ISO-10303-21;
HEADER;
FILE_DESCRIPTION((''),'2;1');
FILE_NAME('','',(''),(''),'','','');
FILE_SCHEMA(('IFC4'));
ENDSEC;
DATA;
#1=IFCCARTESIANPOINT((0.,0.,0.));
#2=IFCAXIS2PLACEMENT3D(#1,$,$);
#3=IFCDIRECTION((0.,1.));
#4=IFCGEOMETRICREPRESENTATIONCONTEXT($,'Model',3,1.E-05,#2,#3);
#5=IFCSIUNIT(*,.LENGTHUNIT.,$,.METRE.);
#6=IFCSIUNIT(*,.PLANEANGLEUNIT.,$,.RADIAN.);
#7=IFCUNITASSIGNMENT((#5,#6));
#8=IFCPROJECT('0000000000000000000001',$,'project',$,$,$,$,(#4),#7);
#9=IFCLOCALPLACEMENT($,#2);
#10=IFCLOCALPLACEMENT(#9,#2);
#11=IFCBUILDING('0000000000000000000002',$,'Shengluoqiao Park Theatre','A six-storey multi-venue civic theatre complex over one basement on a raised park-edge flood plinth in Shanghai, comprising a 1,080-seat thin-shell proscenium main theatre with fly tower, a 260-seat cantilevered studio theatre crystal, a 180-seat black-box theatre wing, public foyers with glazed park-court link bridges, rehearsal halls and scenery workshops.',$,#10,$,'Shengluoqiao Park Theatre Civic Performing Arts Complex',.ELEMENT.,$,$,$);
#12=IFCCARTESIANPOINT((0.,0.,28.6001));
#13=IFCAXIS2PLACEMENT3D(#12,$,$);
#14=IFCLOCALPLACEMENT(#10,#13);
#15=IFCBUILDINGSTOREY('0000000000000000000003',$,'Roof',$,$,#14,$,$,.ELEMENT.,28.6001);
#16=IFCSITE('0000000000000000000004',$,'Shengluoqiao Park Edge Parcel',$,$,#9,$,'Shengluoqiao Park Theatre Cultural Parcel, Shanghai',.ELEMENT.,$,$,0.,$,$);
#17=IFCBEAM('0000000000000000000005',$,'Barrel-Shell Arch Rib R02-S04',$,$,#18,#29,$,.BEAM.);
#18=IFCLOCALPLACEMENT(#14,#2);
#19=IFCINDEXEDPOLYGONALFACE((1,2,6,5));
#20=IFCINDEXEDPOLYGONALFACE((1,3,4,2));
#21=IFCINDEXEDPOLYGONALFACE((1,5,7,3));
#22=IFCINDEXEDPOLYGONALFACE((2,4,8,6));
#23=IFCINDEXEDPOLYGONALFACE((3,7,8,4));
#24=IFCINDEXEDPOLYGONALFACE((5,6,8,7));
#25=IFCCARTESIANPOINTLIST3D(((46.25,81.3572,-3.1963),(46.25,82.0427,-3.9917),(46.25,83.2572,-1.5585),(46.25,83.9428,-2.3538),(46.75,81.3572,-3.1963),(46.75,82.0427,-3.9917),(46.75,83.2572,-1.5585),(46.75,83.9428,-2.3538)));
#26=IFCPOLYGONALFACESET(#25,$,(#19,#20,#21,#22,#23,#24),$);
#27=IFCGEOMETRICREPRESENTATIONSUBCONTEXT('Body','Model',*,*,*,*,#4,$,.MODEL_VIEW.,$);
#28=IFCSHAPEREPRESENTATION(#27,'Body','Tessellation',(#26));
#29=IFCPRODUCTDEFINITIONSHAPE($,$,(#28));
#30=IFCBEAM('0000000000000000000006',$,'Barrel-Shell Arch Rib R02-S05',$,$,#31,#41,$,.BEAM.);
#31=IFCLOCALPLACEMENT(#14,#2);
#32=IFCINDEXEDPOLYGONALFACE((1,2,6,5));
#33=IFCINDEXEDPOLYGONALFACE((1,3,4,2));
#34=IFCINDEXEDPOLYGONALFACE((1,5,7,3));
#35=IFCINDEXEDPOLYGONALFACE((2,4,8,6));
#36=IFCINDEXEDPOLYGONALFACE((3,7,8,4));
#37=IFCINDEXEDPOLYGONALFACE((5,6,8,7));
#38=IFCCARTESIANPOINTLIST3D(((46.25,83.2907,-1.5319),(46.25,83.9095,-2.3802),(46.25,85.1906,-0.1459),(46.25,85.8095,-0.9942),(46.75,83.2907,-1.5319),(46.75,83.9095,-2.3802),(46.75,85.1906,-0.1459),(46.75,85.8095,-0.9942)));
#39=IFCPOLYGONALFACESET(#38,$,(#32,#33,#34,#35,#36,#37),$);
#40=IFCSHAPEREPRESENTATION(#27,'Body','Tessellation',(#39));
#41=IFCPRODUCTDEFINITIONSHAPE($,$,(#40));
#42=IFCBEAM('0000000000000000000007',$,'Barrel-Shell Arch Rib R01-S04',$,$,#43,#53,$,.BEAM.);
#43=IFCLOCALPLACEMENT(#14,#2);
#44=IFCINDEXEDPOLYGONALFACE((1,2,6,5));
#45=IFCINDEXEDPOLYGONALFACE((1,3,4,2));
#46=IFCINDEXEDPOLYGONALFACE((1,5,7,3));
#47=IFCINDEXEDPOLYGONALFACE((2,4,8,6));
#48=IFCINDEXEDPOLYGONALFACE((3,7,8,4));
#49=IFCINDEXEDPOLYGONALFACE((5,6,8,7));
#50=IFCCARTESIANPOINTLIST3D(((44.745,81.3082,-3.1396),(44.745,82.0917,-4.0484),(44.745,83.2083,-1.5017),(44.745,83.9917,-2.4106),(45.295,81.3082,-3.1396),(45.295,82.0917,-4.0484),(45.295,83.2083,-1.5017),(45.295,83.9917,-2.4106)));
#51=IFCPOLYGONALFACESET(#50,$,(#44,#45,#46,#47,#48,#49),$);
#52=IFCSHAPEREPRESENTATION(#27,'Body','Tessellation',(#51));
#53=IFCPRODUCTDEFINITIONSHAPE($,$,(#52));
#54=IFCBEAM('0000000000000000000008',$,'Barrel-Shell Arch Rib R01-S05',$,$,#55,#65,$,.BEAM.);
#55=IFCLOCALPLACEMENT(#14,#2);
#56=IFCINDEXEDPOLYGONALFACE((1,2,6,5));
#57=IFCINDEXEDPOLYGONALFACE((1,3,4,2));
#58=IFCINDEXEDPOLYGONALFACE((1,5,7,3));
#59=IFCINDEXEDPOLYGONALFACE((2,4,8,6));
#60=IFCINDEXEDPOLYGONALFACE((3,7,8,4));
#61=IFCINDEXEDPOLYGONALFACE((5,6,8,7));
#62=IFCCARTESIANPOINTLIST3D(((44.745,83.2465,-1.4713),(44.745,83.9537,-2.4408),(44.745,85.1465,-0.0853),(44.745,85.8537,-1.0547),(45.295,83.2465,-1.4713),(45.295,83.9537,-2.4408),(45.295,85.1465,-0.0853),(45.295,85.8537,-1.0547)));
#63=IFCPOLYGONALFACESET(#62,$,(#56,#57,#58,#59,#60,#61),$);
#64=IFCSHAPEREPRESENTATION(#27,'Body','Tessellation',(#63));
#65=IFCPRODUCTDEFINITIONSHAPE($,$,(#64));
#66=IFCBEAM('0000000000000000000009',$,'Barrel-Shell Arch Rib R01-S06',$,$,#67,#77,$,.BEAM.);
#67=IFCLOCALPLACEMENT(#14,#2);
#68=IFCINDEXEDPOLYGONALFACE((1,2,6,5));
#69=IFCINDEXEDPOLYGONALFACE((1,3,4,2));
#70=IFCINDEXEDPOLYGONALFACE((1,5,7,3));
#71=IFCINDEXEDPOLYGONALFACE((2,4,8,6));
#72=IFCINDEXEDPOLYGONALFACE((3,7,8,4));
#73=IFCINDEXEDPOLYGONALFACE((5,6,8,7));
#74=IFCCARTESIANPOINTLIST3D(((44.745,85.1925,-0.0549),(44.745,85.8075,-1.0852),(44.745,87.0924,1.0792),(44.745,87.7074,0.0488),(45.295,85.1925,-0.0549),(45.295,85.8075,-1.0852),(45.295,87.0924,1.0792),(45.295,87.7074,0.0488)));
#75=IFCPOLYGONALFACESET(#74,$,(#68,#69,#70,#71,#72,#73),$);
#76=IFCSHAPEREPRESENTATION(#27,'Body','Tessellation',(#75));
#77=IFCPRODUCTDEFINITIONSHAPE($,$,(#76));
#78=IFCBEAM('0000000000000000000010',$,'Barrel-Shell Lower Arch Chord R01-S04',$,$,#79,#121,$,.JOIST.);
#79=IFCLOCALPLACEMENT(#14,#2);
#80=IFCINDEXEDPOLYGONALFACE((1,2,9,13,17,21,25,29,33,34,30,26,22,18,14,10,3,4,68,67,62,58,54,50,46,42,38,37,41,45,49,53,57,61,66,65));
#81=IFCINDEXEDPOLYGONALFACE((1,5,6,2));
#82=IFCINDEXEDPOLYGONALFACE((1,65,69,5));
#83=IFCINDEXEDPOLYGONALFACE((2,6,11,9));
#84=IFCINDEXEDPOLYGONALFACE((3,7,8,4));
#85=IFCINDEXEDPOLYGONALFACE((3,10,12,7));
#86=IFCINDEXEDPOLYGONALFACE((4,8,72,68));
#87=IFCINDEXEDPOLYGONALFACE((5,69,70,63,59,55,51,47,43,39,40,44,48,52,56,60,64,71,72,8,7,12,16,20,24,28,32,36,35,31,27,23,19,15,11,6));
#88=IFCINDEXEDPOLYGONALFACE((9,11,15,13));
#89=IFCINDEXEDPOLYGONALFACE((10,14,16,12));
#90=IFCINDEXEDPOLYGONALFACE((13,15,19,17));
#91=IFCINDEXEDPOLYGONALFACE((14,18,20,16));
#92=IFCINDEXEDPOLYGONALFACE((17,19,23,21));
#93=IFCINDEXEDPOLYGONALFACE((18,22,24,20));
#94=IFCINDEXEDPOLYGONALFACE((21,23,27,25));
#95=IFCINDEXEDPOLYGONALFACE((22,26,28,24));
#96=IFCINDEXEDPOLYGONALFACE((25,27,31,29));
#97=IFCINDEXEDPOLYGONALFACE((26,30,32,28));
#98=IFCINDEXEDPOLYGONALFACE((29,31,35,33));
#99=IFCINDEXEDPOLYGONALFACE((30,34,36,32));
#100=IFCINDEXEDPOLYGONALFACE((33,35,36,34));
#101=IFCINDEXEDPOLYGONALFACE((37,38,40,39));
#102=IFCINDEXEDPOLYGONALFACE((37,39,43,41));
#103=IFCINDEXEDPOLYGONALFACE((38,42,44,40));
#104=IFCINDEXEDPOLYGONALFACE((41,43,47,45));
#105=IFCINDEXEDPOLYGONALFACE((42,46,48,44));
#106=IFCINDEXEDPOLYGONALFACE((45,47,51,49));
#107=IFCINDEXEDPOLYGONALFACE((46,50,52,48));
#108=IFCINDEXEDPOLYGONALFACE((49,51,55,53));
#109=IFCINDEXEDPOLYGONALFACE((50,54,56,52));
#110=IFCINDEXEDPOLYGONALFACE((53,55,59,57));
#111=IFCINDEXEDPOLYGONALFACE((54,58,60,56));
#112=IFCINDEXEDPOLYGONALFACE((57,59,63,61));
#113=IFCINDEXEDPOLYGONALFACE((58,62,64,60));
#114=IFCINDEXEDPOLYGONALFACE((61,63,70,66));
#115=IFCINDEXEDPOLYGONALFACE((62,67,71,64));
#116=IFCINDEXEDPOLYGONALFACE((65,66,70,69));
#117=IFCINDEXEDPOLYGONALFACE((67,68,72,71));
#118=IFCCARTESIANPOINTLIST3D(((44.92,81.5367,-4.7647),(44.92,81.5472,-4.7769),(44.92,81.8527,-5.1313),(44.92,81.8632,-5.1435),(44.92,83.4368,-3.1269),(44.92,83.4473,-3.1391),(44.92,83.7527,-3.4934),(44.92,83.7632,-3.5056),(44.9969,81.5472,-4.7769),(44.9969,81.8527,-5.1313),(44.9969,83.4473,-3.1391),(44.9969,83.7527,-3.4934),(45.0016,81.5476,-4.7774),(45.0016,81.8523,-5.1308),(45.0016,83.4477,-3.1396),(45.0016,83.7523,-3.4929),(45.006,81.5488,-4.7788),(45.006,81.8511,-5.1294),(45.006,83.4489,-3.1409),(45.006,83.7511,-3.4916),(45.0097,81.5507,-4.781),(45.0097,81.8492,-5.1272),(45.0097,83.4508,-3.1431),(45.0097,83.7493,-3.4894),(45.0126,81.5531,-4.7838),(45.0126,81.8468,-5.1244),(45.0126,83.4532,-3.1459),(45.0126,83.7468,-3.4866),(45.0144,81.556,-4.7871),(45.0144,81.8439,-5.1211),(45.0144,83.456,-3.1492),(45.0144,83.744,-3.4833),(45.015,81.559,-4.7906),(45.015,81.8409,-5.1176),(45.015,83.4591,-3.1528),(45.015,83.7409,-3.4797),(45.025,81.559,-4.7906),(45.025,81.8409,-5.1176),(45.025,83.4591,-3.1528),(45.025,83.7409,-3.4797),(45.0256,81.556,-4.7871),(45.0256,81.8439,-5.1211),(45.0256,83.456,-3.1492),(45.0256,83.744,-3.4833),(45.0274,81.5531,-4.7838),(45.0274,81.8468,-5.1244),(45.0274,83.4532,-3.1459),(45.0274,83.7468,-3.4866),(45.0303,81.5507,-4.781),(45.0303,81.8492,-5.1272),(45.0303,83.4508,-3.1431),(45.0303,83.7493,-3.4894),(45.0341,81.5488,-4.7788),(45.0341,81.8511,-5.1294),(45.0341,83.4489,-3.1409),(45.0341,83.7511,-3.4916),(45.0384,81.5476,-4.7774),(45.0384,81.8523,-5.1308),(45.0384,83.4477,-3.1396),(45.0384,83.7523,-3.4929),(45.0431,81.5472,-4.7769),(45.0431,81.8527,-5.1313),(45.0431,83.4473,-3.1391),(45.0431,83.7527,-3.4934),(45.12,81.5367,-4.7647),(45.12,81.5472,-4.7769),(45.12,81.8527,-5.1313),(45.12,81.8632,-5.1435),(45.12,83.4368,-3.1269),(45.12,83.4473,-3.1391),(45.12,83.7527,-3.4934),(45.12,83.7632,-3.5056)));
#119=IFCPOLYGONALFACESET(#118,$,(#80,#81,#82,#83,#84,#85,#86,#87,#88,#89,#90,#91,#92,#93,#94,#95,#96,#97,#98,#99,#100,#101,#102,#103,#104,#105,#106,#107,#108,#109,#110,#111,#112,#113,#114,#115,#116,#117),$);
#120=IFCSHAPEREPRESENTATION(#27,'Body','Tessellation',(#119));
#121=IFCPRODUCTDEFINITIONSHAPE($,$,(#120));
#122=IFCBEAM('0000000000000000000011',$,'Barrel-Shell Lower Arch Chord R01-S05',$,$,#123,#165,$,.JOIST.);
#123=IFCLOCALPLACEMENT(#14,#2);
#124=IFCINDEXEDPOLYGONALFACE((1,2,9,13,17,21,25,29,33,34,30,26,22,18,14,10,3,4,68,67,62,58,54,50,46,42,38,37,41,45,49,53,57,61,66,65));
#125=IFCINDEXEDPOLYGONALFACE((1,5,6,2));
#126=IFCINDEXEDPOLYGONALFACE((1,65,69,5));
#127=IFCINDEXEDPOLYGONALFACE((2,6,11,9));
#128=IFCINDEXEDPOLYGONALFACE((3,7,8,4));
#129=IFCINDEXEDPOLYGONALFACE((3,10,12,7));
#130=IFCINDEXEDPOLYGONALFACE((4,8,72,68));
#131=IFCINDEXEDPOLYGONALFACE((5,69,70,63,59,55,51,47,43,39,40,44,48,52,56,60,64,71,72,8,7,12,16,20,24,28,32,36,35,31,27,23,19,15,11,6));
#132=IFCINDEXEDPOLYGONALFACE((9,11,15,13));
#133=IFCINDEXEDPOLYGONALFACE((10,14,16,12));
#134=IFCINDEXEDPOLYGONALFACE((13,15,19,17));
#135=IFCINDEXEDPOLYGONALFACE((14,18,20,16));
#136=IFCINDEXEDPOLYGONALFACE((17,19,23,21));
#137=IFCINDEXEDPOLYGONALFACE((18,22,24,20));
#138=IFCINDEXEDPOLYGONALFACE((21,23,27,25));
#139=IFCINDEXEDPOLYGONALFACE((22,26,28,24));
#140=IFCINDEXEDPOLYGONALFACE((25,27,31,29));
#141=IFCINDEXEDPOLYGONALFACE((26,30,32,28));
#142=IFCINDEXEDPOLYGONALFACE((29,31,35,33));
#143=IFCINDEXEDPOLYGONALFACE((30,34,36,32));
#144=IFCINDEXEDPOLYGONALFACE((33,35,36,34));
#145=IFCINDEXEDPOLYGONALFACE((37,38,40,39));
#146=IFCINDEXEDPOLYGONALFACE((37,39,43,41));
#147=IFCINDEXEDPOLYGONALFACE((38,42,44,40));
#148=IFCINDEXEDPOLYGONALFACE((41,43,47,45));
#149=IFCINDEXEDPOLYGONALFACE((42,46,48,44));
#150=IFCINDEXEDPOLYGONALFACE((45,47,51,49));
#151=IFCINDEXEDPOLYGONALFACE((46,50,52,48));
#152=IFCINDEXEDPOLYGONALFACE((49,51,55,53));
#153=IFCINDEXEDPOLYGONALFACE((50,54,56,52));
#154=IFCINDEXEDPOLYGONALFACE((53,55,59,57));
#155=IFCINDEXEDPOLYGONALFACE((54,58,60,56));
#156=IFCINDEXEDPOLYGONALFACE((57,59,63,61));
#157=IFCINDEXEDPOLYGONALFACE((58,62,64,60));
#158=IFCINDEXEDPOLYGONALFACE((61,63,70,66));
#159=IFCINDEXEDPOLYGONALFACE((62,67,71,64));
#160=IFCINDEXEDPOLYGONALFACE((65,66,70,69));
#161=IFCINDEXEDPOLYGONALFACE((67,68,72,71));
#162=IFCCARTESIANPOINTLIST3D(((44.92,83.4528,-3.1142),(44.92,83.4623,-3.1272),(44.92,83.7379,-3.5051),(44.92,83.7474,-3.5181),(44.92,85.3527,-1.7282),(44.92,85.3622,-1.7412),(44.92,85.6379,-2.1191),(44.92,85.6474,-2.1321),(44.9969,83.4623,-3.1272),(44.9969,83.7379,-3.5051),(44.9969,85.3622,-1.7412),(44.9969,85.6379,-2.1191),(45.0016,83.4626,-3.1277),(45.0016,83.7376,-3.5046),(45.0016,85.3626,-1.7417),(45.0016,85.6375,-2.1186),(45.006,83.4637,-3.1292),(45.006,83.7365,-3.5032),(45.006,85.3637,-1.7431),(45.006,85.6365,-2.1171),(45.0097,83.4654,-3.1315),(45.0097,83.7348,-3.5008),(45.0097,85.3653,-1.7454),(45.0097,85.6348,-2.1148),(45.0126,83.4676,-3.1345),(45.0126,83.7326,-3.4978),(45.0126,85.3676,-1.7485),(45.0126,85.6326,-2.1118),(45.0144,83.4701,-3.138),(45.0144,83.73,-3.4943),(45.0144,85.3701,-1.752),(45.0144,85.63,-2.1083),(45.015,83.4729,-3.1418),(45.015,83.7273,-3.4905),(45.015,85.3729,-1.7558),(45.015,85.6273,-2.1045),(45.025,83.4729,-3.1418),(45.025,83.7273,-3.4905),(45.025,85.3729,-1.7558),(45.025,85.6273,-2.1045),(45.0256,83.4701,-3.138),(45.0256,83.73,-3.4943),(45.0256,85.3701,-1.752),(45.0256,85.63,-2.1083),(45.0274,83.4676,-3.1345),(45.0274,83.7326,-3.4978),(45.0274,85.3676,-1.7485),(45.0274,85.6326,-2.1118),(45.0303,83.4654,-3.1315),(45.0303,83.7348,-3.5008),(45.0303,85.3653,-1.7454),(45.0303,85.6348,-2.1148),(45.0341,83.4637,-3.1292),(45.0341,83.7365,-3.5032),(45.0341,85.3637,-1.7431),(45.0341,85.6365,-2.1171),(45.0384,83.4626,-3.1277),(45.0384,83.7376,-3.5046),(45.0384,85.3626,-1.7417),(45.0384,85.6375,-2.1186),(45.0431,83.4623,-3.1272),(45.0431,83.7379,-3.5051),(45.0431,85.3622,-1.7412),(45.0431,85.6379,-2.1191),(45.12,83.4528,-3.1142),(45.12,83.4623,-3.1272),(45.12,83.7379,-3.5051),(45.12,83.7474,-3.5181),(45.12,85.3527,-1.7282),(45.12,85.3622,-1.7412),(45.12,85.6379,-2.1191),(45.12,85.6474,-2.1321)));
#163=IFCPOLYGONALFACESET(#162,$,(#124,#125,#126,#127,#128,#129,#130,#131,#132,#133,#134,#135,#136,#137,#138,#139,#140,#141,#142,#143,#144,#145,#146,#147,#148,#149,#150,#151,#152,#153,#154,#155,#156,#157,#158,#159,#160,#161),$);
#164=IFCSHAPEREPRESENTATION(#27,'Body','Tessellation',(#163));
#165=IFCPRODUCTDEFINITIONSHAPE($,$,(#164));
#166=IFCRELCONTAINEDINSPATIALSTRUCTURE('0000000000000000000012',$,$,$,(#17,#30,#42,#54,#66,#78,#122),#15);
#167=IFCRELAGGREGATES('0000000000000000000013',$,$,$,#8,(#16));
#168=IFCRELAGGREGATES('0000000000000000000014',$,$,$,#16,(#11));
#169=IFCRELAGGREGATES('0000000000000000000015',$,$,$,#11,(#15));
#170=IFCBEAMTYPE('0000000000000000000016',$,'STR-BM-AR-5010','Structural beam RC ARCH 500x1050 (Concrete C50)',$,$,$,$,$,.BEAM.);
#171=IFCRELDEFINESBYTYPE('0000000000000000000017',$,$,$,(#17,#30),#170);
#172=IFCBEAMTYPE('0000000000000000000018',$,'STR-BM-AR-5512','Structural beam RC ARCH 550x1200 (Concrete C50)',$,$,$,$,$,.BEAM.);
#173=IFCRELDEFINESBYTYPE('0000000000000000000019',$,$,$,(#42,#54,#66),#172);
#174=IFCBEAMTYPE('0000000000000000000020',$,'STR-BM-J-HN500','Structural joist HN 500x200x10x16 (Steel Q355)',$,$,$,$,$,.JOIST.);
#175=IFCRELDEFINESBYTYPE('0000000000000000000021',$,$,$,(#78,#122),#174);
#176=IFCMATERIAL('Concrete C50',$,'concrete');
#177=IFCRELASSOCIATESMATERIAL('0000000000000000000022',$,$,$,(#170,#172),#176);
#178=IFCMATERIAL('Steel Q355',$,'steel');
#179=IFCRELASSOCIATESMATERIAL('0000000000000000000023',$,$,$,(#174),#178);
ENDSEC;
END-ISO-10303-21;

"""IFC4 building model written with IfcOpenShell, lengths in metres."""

from ifc_helpers import new_model, si_unit, direction, frame, origin, origin_2d, place, context, subcontext, project, spatial, rectangle, i_section, extrude, material, material_profile, profile_set, type_object, element, save


model = new_model("IFC4")

# Units and contexts
model_context = context("Model", 3, precision=1e-05, world=origin(), true_north=direction((0.0, 1.0)))
body_context = subcontext(model_context, "Body", "Model", "MODEL_VIEW")
ifc_project = project(units=[si_unit("LENGTHUNIT", "METRE"), si_unit("PLANEANGLEUNIT", "RADIAN")], contexts=[model_context])

# Site, building, storey
site_placement = place(None, origin())
site = spatial("IfcSite", under=ifc_project, at=site_placement, Name="Shengluoqiao Park Edge Parcel", LongName="Shengluoqiao Park Theatre Cultural Parcel, Shanghai", CompositionType="ELEMENT", RefElevation=0.0)
building_placement = place(site_placement, origin())
building = spatial("IfcBuilding", under=site, at=building_placement, Name="Shengluoqiao Park Theatre", Description="A six-storey multi-venue civic theatre complex over one basement on a raised park-edge flood plinth in Shanghai, comprising a 1,080-seat thin-shell proscenium main theatre with fly tower, a 260-seat cantilevered studio theatre crystal, a 180-seat black-box theatre wing, public foyers with glazed park-court link bridges, rehearsal halls and scenery workshops.", LongName="Shengluoqiao Park Theatre Civic Performing Arts Complex", CompositionType="ELEMENT")
storey_placement = place(building_placement, frame((0.0, 0.0, 28.6001)))
storey = spatial("IfcBuildingStorey", under=building, at=storey_placement, Name="Roof", CompositionType="ELEMENT", Elevation=28.6001)

# Beams
ifc_material_1 = material(Name="Concrete C50", Category="concrete")
ifc_material_profile_1 = material_profile(ifc_material_1, rectangle(XDim=0.5, YDim=1.05, at=origin_2d()), Name="RC ARCH 500x1050")
ifc_profile_set_1 = profile_set([ifc_material_profile_1], Name="Concrete C50")
beam_type_1 = type_object("IfcBeamType", Name="STR-BM-AR-5010", Description="Structural beam RC ARCH 500x1050 (Concrete C50)", PredefinedType="BEAM", material=ifc_profile_set_1)
beam_1_placement = place(storey_placement, frame((46.5, 81.7, -3.594), z_axis=(0.0, 0.757433, 0.652913), x_axis=(-1.0, 0.0, 0.0)))
element("IfcBeam", 1, at=beam_1_placement, inside=storey, type_object=beam_type_1, Name="Barrel-Shell Arch Rib R02-S04", PredefinedType="BEAM", context=body_context, shape_type="SweptSolid", body=[
    extrude(rectangle(XDim=0.5, YDim=1.05, at=origin_2d()), origin(), (0.0, 0.0, 1.0), 2.5085),
])
beam_2_placement = place(storey_placement, frame((46.5, 83.6001, -1.9561), z_axis=(0.0, 0.807878, 0.58935), x_axis=(-1.0, 0.0, 0.0)))
element("IfcBeam", 2, at=beam_2_placement, inside=storey, type_object=beam_type_1, Name="Barrel-Shell Arch Rib R02-S05", PredefinedType="BEAM", context=body_context, shape_type="SweptSolid", body=[
    extrude(rectangle(XDim=0.5, YDim=1.05, at=origin_2d()), origin(), (0.0, 0.0, 1.0), 2.3518),
])
ifc_material_profile_2 = material_profile(ifc_material_1, rectangle(XDim=0.55, YDim=1.2, at=origin_2d()), Name="RC ARCH 550x1200")
ifc_profile_set_2 = profile_set([ifc_material_profile_2], Name="Concrete C50")
beam_type_2 = type_object("IfcBeamType", Name="STR-BM-AR-5512", Description="Structural beam RC ARCH 550x1200 (Concrete C50)", PredefinedType="BEAM", material=ifc_profile_set_2)
beam_3_placement = place(storey_placement, frame((45.02, 81.7, -3.594), z_axis=(0.0, 0.757433, 0.652913), x_axis=(-1.0, 0.0, 0.0)))
element("IfcBeam", 3, at=beam_3_placement, inside=storey, type_object=beam_type_2, Name="Barrel-Shell Arch Rib R01-S04", PredefinedType="BEAM", context=body_context, shape_type="SweptSolid", body=[
    extrude(rectangle(XDim=0.55, YDim=1.2, at=origin_2d()), origin(), (0.0, 0.0, 1.0), 2.5085),
])
beam_4_placement = place(storey_placement, frame((45.02, 83.6001, -1.9561), z_axis=(0.0, 0.807878, 0.58935), x_axis=(-1.0, 0.0, 0.0)))
element("IfcBeam", 4, at=beam_4_placement, inside=storey, type_object=beam_type_2, Name="Barrel-Shell Arch Rib R01-S05", PredefinedType="BEAM", context=body_context, shape_type="SweptSolid", body=[
    extrude(rectangle(XDim=0.55, YDim=1.2, at=origin_2d()), origin(), (0.0, 0.0, 1.0), 2.3518),
])
beam_5_placement = place(storey_placement, frame((45.02, 85.5, -0.5701), z_axis=(0.0, 0.858669, 0.512531), x_axis=(-1.0, 0.0, 0.0)))
element("IfcBeam", 5, at=beam_5_placement, inside=storey, type_object=beam_type_2, Name="Barrel-Shell Arch Rib R01-S06", PredefinedType="BEAM", context=body_context, shape_type="SweptSolid", body=[
    extrude(rectangle(XDim=0.55, YDim=1.2, at=origin_2d()), origin(), (0.0, 0.0, 1.0), 2.2126),
])
ifc_material_2 = material(Name="Steel Q355", Category="steel")
ifc_material_profile_3 = material_profile(ifc_material_2, i_section(OverallWidth=0.2, OverallDepth=0.5, WebThickness=0.01, FlangeThickness=0.0161, FilletRadius=0.0181, at=origin_2d()), Name="HN 500x200x10x16")
ifc_profile_set_3 = profile_set([ifc_material_profile_3], Name="Steel Q355")
beam_type_3 = type_object("IfcBeamType", Name="STR-BM-J-HN500", Description="Structural joist HN 500x200x10x16 (Steel Q355)", PredefinedType="JOIST", material=ifc_profile_set_3)
beam_6_placement = place(storey_placement, frame((45.02, 81.7, -4.9541), z_axis=(0.0, 0.757433, 0.652913), x_axis=(-1.0, 0.0, 0.0)))
element("IfcBeam", 6, at=beam_6_placement, inside=storey, type_object=beam_type_3, Name="Barrel-Shell Lower Arch Chord R01-S04", PredefinedType="JOIST", context=body_context, shape_type="SweptSolid", body=[
    extrude(i_section(OverallWidth=0.2, OverallDepth=0.5, WebThickness=0.01, FlangeThickness=0.0161, FilletRadius=0.0181, at=origin_2d()), origin(), (0.0, 0.0, 1.0), 2.5085),
])
beam_7_placement = place(storey_placement, frame((45.02, 83.6001, -3.3162), z_axis=(0.0, 0.807878, 0.58935), x_axis=(-1.0, 0.0, 0.0)))
element("IfcBeam", 7, at=beam_7_placement, inside=storey, type_object=beam_type_3, Name="Barrel-Shell Lower Arch Chord R01-S05", PredefinedType="JOIST", context=body_context, shape_type="SweptSolid", body=[
    extrude(i_section(OverallWidth=0.2, OverallDepth=0.5, WebThickness=0.01, FlangeThickness=0.0161, FilletRadius=0.0181, at=origin_2d()), origin(), (0.0, 0.0, 1.0), 2.3518),
])

save(model, "model.ifc")
